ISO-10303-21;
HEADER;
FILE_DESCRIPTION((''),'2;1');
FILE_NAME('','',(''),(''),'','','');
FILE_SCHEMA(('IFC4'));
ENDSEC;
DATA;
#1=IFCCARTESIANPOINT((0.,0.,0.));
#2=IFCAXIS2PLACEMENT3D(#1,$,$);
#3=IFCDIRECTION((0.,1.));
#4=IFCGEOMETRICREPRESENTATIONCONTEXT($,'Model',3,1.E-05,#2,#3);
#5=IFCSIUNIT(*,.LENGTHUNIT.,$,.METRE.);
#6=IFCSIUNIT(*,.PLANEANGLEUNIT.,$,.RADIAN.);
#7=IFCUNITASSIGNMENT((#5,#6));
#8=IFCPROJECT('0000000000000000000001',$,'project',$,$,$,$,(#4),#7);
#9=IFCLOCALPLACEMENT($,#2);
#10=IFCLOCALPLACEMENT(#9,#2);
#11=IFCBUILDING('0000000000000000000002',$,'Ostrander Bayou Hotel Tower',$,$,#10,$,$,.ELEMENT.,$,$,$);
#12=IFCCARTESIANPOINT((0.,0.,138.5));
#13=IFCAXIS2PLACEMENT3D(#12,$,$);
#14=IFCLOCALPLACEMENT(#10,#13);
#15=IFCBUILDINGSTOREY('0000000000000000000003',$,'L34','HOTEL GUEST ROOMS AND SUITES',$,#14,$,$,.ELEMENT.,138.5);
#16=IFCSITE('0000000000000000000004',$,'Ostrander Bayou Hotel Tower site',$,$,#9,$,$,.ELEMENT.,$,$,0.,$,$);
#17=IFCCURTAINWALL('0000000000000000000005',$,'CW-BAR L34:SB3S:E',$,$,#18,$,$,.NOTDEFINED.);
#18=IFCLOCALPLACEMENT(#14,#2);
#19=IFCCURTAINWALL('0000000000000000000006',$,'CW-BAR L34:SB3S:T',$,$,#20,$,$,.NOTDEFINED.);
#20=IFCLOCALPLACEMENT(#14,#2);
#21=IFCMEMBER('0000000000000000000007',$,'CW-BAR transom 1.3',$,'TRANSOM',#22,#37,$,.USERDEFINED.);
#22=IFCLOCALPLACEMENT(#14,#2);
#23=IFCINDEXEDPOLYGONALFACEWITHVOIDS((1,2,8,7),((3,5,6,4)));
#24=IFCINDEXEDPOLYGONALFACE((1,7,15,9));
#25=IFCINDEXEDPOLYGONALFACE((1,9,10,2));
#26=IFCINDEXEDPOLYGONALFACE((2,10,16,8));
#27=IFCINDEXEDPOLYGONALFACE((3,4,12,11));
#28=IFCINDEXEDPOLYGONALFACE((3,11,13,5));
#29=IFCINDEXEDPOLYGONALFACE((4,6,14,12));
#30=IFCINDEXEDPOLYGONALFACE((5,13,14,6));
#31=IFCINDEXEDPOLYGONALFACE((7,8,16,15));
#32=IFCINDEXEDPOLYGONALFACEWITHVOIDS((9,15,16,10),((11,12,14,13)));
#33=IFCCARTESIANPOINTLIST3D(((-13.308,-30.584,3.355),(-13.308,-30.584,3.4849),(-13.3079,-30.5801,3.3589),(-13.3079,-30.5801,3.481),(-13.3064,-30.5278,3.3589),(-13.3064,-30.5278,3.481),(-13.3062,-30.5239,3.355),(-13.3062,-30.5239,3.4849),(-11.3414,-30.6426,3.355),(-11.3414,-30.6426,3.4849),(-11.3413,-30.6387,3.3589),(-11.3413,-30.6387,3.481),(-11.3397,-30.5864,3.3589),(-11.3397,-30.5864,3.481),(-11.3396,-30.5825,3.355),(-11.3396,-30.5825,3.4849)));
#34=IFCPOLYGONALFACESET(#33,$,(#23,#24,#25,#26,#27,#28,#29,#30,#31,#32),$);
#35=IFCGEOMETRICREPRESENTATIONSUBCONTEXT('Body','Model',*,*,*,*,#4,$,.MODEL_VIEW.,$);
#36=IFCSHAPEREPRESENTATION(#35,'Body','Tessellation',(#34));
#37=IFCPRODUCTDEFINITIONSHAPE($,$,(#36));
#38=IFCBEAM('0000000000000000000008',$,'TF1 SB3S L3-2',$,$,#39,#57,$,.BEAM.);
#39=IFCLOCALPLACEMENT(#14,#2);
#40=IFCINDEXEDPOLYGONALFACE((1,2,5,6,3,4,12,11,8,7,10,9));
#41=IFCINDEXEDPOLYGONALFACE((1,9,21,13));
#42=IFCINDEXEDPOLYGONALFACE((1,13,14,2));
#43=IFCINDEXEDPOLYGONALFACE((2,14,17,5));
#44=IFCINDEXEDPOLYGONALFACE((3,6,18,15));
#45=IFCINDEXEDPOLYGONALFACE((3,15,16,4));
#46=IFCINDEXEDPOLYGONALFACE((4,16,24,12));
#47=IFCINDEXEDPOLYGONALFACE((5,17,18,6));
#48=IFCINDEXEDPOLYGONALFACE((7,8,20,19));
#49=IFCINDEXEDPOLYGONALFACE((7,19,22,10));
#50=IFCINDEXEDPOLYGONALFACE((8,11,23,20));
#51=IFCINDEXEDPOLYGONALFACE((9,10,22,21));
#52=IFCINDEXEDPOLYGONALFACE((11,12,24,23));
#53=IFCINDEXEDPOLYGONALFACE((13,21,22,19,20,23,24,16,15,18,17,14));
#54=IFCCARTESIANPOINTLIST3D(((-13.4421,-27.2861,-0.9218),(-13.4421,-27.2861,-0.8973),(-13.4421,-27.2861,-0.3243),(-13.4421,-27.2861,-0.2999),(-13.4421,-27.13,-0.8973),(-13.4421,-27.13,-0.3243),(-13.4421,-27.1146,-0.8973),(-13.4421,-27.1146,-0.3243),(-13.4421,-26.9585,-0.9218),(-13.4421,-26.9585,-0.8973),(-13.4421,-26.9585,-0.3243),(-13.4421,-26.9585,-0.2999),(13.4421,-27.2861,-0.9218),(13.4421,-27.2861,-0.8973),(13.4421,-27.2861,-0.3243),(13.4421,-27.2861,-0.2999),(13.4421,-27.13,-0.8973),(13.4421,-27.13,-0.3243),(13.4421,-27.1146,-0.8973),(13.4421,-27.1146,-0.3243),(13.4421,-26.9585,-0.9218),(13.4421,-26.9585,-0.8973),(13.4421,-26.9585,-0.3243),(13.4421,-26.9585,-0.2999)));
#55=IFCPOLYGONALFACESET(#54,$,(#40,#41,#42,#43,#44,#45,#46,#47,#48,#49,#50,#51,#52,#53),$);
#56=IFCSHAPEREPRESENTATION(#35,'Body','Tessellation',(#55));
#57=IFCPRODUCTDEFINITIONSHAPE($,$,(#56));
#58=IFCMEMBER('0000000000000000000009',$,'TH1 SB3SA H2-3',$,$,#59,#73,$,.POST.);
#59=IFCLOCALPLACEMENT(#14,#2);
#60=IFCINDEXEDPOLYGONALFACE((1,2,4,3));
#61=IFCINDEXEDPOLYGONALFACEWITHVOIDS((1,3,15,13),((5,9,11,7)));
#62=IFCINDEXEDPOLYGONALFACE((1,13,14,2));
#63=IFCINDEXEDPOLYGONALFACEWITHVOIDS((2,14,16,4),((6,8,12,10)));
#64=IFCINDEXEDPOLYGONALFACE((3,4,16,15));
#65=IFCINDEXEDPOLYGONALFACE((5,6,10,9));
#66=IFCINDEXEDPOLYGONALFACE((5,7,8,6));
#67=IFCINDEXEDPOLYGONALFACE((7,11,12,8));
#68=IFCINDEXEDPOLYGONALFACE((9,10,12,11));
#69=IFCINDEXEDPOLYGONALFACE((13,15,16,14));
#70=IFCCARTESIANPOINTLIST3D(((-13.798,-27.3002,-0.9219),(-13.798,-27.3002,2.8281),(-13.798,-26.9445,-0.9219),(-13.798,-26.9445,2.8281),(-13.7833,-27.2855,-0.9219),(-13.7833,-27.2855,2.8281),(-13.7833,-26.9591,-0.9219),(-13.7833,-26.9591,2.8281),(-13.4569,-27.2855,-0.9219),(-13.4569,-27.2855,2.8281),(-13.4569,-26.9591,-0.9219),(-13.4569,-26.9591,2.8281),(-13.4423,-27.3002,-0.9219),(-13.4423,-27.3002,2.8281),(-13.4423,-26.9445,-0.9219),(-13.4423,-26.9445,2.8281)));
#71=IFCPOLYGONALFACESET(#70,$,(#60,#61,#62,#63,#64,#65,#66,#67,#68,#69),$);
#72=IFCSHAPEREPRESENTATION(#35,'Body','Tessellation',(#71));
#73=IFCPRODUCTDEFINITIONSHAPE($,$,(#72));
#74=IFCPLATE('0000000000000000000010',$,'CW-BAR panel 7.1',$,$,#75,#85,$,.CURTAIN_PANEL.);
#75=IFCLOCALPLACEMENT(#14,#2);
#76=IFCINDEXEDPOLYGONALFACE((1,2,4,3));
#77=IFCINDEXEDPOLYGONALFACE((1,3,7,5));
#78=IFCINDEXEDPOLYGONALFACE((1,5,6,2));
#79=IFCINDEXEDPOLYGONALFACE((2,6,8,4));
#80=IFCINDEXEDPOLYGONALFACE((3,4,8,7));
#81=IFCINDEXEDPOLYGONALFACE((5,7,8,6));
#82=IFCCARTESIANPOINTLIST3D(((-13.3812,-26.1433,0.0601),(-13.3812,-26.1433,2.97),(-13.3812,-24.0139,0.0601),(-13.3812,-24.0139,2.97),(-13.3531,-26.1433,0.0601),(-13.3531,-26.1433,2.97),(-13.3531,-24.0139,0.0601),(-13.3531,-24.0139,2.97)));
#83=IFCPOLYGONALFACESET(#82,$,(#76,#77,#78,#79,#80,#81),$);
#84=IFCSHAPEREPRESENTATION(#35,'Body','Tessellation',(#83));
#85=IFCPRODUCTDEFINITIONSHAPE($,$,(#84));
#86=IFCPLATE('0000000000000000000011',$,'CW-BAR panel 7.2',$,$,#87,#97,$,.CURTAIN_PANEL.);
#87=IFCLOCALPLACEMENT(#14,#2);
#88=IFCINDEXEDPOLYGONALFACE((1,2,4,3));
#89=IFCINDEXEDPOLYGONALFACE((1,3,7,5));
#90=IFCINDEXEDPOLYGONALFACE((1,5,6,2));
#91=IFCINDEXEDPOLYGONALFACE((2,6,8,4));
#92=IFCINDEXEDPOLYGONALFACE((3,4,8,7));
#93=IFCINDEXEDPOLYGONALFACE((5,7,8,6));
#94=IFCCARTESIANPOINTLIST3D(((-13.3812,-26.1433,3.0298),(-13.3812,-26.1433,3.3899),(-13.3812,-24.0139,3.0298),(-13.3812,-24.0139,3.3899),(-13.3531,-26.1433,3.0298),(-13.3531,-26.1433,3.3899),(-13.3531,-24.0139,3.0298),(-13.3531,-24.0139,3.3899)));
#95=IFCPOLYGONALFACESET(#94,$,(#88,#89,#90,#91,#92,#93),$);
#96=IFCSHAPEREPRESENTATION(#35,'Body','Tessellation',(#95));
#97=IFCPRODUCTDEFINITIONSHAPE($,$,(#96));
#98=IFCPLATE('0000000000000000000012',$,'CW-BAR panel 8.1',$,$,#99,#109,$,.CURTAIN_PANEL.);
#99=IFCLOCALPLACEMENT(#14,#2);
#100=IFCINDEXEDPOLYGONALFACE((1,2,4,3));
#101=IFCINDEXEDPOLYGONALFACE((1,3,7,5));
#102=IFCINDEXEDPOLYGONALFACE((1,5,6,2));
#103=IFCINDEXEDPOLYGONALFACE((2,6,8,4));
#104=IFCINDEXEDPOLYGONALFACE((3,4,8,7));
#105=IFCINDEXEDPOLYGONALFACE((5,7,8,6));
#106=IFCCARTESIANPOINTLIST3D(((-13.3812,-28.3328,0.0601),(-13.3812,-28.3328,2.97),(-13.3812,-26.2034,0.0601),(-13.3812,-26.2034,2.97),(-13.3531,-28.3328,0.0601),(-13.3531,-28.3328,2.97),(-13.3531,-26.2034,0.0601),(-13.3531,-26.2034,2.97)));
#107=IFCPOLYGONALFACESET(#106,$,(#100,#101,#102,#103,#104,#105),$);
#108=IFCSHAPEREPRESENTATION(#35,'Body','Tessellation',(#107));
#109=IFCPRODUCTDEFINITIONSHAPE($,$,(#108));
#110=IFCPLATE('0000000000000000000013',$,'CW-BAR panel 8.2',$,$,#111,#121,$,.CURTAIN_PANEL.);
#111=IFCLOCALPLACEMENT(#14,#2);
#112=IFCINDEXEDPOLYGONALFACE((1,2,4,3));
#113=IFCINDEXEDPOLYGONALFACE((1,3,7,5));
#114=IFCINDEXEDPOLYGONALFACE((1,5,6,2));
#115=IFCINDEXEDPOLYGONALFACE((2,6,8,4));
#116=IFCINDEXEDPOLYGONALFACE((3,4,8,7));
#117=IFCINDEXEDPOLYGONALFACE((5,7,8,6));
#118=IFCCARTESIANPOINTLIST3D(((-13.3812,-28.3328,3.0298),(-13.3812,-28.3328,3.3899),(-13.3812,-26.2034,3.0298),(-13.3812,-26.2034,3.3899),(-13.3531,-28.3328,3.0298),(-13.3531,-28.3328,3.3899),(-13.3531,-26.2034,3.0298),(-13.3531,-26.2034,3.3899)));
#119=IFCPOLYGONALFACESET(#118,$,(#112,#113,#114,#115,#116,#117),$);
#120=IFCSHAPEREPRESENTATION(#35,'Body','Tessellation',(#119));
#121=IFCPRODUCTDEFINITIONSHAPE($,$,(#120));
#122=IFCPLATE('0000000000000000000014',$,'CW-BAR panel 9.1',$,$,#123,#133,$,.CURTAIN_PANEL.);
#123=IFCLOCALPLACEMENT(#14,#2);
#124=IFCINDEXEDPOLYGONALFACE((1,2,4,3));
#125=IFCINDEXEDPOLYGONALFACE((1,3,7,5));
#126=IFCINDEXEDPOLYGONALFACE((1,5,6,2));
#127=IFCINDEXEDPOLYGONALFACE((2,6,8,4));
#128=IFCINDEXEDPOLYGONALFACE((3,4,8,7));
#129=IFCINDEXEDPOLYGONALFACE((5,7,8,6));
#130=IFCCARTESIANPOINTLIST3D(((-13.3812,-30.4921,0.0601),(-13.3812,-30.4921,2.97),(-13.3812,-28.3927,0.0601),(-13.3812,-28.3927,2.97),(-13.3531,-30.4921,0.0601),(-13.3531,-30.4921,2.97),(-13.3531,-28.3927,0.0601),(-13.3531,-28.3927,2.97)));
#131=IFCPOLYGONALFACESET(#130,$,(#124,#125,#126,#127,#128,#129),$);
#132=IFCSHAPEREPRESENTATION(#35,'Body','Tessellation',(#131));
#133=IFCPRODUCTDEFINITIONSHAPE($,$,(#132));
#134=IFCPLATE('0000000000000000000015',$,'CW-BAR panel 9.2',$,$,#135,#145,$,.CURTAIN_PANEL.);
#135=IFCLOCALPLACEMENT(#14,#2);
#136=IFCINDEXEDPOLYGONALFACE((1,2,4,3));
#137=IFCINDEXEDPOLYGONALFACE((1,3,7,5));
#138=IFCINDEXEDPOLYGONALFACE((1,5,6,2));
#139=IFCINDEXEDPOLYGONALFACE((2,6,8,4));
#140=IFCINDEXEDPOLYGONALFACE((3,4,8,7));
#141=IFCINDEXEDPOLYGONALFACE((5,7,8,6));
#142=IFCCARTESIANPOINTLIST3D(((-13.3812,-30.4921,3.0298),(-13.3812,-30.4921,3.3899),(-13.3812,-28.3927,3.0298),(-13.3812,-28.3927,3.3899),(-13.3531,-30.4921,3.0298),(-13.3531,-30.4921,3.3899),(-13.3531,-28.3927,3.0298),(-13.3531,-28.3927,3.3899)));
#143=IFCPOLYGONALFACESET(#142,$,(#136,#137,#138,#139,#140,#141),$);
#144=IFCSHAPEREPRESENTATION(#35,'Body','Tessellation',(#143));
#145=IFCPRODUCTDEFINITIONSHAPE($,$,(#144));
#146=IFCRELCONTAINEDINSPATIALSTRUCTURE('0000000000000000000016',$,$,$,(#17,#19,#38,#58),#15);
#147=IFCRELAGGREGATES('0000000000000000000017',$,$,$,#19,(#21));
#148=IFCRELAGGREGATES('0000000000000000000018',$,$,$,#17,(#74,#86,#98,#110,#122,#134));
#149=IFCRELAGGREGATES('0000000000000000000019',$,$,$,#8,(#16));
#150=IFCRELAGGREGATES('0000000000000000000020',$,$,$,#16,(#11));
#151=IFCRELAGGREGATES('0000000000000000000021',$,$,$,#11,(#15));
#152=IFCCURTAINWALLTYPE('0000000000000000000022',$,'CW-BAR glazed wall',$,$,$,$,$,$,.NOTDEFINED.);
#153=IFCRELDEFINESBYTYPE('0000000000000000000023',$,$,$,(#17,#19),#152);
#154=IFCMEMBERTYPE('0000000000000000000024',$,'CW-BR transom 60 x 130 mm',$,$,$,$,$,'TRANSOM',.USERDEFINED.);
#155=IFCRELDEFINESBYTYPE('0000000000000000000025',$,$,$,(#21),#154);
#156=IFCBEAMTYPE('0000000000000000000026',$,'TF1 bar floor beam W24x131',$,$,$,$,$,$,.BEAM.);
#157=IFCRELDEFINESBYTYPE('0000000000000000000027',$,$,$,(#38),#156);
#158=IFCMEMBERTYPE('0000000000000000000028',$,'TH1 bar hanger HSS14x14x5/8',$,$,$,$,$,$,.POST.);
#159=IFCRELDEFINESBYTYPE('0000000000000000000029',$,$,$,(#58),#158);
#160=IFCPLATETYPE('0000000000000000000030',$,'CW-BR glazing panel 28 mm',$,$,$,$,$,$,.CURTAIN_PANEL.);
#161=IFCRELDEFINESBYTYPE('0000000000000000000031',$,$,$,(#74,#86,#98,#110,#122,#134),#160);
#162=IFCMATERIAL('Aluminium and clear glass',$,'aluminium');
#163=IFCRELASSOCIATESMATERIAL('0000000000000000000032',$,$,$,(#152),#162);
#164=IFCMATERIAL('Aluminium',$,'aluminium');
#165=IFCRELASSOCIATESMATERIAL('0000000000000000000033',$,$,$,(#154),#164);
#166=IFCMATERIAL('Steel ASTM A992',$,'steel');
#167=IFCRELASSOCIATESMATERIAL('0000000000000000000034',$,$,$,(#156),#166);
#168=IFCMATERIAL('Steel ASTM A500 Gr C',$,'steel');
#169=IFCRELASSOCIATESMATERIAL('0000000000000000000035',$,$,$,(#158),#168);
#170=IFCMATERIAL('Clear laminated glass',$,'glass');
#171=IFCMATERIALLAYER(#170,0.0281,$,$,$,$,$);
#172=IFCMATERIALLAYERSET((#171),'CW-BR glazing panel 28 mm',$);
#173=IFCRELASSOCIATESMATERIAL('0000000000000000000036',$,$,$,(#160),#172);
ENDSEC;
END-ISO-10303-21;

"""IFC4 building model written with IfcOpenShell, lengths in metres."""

from ifc_helpers import new_model, si_unit, direction, frame, origin, origin_2d, place, context, subcontext, project, spatial, rectangle, hollow_rectangle, i_section, extrude, material, layer, layer_set, material_profile, profile_set, type_object, element, aggregate, save


model = new_model("IFC4")

# Units and contexts
model_context = context("Model", 3, precision=1e-05, world=origin(), true_north=direction((0.0, 1.0)))
body_context = subcontext(model_context, "Body", "Model", "MODEL_VIEW")
ifc_project = project(units=[si_unit("LENGTHUNIT", "METRE"), si_unit("PLANEANGLEUNIT", "RADIAN")], contexts=[model_context])

# Site, building, storey
site_placement = place(None, origin())
site = spatial("IfcSite", under=ifc_project, at=site_placement, Name="Ostrander Bayou Hotel Tower site", CompositionType="ELEMENT", RefElevation=0.0)
building_placement = place(site_placement, origin())
building = spatial("IfcBuilding", under=site, at=building_placement, Name="Ostrander Bayou Hotel Tower", CompositionType="ELEMENT")
storey_placement = place(building_placement, frame((0.0, 0.0, 138.5)))
storey = spatial("IfcBuildingStorey", under=building, at=storey_placement, Name="L34", Description="HOTEL GUEST ROOMS AND SUITES", CompositionType="ELEMENT", Elevation=138.5)

# Curtain wall
ifc_material_1 = material(Name="Aluminium and clear glass", Category="aluminium")
curtain_wall_type = type_object("IfcCurtainWallType", Name="CW-BAR glazed wall", PredefinedType="NOTDEFINED", material=ifc_material_1)
curtain_wall_1_placement = place(storey_placement, origin())
curtain_wall_1 = element("IfcCurtainWall", 1, at=curtain_wall_1_placement, inside=storey, type_object=curtain_wall_type, Name="CW-BAR L34:SB3S:E", PredefinedType="NOTDEFINED")

# Curtain wall
curtain_wall_2_placement = place(storey_placement, origin())
curtain_wall_2 = element("IfcCurtainWall", 2, at=curtain_wall_2_placement, inside=storey, type_object=curtain_wall_type, Name="CW-BAR L34:SB3S:T", PredefinedType="NOTDEFINED")

# Member
ifc_material_2 = material(Name="Aluminium", Category="aluminium")
ifc_material_profile_1 = material_profile(ifc_material_2, hollow_rectangle(XDim=0.0601, YDim=0.1299, WallThickness=0.0039, at=origin_2d()))
ifc_profile_set_1 = profile_set([ifc_material_profile_1], Name="Aluminium")
member_type_1 = type_object("IfcMemberType", Name="CW-BR transom 60 x 130 mm", ElementType="TRANSOM", PredefinedType="USERDEFINED", material=ifc_profile_set_1)
member_1_placement = place(storey_placement, frame((-13.3071, -30.554, 3.4199), z_axis=(0.999556, -0.029782, 0.0), x_axis=(0.029782, 0.999556, 0.0)))
member_1 = element("IfcMember", 3, at=member_1_placement, type_object=member_type_1, Name="CW-BAR transom 1.3", ObjectType="TRANSOM", PredefinedType="USERDEFINED", context=body_context, shape_type="SweptSolid", body=[
    extrude(hollow_rectangle(XDim=0.0601, YDim=0.1299, WallThickness=0.0039, at=origin_2d()), origin(), (0.0, 0.0, 1.0), 1.9675),
])
aggregate(curtain_wall_2, [member_1])

# Beam
ifc_material_3 = material(Name="Steel ASTM A992", Category="steel")
ifc_material_profile_2 = material_profile(ifc_material_3, i_section(OverallWidth=0.3276, OverallDepth=0.6218, WebThickness=0.0154, FlangeThickness=0.0244, at=origin_2d()))
ifc_profile_set_2 = profile_set([ifc_material_profile_2], Name="Steel ASTM A992")
beam_type = type_object("IfcBeamType", Name="TF1 bar floor beam W24x131", PredefinedType="BEAM", material=ifc_profile_set_2)
beam_placement = place(storey_placement, frame((-13.4421, -27.1223, -0.6108), z_axis=(1.0, 0.0, 0.0), x_axis=(0.0, 1.0, 0.0)))
element("IfcBeam", 4, at=beam_placement, inside=storey, type_object=beam_type, Name="TF1 SB3S L3-2", PredefinedType="BEAM", context=body_context, shape_type="SweptSolid", body=[
    extrude(i_section(OverallWidth=0.3276, OverallDepth=0.6218, WebThickness=0.0154, FlangeThickness=0.0244, at=origin_2d()), origin(), (0.0, 0.0, 1.0), 26.8843),
])

# Member
ifc_material_4 = material(Name="Steel ASTM A500 Gr C", Category="steel")
ifc_material_profile_3 = material_profile(ifc_material_4, hollow_rectangle(XDim=0.3557, YDim=0.3557, WallThickness=0.0146, at=origin_2d()))
ifc_profile_set_3 = profile_set([ifc_material_profile_3], Name="Steel ASTM A500 Gr C")
member_type_2 = type_object("IfcMemberType", Name="TH1 bar hanger HSS14x14x5/8", PredefinedType="POST", material=ifc_profile_set_3)
member_2_placement = place(storey_placement, frame((-13.6201, -27.1223, -0.9219), z_axis=(0.0, 0.0, 1.0), x_axis=(1.0, 0.0, 0.0)))
element("IfcMember", 5, at=member_2_placement, inside=storey, type_object=member_type_2, Name="TH1 SB3SA H2-3", PredefinedType="POST", context=body_context, shape_type="SweptSolid", body=[
    extrude(hollow_rectangle(XDim=0.3557, YDim=0.3557, WallThickness=0.0146, at=origin_2d()), origin(), (0.0, 0.0, 1.0), 3.75),
])

# Plates
ifc_material_5 = material(Name="Clear laminated glass", Category="glass")
ifc_layer = layer(ifc_material_5, 0.0281)
ifc_layer_set = layer_set([ifc_layer], Name="CW-BR glazing panel 28 mm")
plate_type = type_object("IfcPlateType", Name="CW-BR glazing panel 28 mm", PredefinedType="CURTAIN_PANEL", material=ifc_layer_set)
plate_1_placement = place(storey_placement, frame((-13.3672, -25.0786, 0.0601), z_axis=(0.0, 0.0, 1.0), x_axis=(0.0, -1.0, 0.0)))
plate_1 = element("IfcPlate", 6, at=plate_1_placement, type_object=plate_type, Name="CW-BAR panel 7.1", PredefinedType="CURTAIN_PANEL", context=body_context, shape_type="SweptSolid", body=[
    extrude(rectangle(XDim=2.1294, YDim=0.0281, at=origin_2d()), origin(), (0.0, 0.0, 1.0), 2.9099),
])
plate_2_placement = place(storey_placement, frame((-13.3672, -25.0786, 3.0298), z_axis=(0.0, 0.0, 1.0), x_axis=(0.0, -1.0, 0.0)))
plate_2 = element("IfcPlate", 7, at=plate_2_placement, type_object=plate_type, Name="CW-BAR panel 7.2", PredefinedType="CURTAIN_PANEL", context=body_context, shape_type="SweptSolid", body=[
    extrude(rectangle(XDim=2.1294, YDim=0.0281, at=origin_2d()), origin(), (0.0, 0.0, 1.0), 0.3601),
])
plate_3_placement = place(storey_placement, frame((-13.3672, -27.2681, 0.0601), z_axis=(0.0, 0.0, 1.0), x_axis=(0.0, -1.0, 0.0)))
plate_3 = element("IfcPlate", 8, at=plate_3_placement, type_object=plate_type, Name="CW-BAR panel 8.1", PredefinedType="CURTAIN_PANEL", context=body_context, shape_type="SweptSolid", body=[
    extrude(rectangle(XDim=2.1294, YDim=0.0281, at=origin_2d()), origin(), (0.0, 0.0, 1.0), 2.9099),
])
plate_4_placement = place(storey_placement, frame((-13.3672, -27.2681, 3.0298), z_axis=(0.0, 0.0, 1.0), x_axis=(0.0, -1.0, 0.0)))
plate_4 = element("IfcPlate", 9, at=plate_4_placement, type_object=plate_type, Name="CW-BAR panel 8.2", PredefinedType="CURTAIN_PANEL", context=body_context, shape_type="SweptSolid", body=[
    extrude(rectangle(XDim=2.1294, YDim=0.0281, at=origin_2d()), origin(), (0.0, 0.0, 1.0), 0.3601),
])
plate_5_placement = place(storey_placement, frame((-13.3672, -29.4424, 0.0601), z_axis=(0.0, 0.0, 1.0), x_axis=(0.0, -1.0, 0.0)))
plate_5 = element("IfcPlate", 10, at=plate_5_placement, type_object=plate_type, Name="CW-BAR panel 9.1", PredefinedType="CURTAIN_PANEL", context=body_context, shape_type="SweptSolid", body=[
    extrude(rectangle(XDim=2.0994, YDim=0.0281, at=origin_2d()), origin(), (0.0, 0.0, 1.0), 2.9099),
])
plate_6_placement = place(storey_placement, frame((-13.3672, -29.4424, 3.0298), z_axis=(0.0, 0.0, 1.0), x_axis=(0.0, -1.0, 0.0)))
plate_6 = element("IfcPlate", 11, at=plate_6_placement, type_object=plate_type, Name="CW-BAR panel 9.2", PredefinedType="CURTAIN_PANEL", context=body_context, shape_type="SweptSolid", body=[
    extrude(rectangle(XDim=2.0994, YDim=0.0281, at=origin_2d()), origin(), (0.0, 0.0, 1.0), 0.3601),
])
aggregate(curtain_wall_1, [plate_1, plate_2, plate_3, plate_4, plate_5, plate_6])

save(model, "model.ifc")
